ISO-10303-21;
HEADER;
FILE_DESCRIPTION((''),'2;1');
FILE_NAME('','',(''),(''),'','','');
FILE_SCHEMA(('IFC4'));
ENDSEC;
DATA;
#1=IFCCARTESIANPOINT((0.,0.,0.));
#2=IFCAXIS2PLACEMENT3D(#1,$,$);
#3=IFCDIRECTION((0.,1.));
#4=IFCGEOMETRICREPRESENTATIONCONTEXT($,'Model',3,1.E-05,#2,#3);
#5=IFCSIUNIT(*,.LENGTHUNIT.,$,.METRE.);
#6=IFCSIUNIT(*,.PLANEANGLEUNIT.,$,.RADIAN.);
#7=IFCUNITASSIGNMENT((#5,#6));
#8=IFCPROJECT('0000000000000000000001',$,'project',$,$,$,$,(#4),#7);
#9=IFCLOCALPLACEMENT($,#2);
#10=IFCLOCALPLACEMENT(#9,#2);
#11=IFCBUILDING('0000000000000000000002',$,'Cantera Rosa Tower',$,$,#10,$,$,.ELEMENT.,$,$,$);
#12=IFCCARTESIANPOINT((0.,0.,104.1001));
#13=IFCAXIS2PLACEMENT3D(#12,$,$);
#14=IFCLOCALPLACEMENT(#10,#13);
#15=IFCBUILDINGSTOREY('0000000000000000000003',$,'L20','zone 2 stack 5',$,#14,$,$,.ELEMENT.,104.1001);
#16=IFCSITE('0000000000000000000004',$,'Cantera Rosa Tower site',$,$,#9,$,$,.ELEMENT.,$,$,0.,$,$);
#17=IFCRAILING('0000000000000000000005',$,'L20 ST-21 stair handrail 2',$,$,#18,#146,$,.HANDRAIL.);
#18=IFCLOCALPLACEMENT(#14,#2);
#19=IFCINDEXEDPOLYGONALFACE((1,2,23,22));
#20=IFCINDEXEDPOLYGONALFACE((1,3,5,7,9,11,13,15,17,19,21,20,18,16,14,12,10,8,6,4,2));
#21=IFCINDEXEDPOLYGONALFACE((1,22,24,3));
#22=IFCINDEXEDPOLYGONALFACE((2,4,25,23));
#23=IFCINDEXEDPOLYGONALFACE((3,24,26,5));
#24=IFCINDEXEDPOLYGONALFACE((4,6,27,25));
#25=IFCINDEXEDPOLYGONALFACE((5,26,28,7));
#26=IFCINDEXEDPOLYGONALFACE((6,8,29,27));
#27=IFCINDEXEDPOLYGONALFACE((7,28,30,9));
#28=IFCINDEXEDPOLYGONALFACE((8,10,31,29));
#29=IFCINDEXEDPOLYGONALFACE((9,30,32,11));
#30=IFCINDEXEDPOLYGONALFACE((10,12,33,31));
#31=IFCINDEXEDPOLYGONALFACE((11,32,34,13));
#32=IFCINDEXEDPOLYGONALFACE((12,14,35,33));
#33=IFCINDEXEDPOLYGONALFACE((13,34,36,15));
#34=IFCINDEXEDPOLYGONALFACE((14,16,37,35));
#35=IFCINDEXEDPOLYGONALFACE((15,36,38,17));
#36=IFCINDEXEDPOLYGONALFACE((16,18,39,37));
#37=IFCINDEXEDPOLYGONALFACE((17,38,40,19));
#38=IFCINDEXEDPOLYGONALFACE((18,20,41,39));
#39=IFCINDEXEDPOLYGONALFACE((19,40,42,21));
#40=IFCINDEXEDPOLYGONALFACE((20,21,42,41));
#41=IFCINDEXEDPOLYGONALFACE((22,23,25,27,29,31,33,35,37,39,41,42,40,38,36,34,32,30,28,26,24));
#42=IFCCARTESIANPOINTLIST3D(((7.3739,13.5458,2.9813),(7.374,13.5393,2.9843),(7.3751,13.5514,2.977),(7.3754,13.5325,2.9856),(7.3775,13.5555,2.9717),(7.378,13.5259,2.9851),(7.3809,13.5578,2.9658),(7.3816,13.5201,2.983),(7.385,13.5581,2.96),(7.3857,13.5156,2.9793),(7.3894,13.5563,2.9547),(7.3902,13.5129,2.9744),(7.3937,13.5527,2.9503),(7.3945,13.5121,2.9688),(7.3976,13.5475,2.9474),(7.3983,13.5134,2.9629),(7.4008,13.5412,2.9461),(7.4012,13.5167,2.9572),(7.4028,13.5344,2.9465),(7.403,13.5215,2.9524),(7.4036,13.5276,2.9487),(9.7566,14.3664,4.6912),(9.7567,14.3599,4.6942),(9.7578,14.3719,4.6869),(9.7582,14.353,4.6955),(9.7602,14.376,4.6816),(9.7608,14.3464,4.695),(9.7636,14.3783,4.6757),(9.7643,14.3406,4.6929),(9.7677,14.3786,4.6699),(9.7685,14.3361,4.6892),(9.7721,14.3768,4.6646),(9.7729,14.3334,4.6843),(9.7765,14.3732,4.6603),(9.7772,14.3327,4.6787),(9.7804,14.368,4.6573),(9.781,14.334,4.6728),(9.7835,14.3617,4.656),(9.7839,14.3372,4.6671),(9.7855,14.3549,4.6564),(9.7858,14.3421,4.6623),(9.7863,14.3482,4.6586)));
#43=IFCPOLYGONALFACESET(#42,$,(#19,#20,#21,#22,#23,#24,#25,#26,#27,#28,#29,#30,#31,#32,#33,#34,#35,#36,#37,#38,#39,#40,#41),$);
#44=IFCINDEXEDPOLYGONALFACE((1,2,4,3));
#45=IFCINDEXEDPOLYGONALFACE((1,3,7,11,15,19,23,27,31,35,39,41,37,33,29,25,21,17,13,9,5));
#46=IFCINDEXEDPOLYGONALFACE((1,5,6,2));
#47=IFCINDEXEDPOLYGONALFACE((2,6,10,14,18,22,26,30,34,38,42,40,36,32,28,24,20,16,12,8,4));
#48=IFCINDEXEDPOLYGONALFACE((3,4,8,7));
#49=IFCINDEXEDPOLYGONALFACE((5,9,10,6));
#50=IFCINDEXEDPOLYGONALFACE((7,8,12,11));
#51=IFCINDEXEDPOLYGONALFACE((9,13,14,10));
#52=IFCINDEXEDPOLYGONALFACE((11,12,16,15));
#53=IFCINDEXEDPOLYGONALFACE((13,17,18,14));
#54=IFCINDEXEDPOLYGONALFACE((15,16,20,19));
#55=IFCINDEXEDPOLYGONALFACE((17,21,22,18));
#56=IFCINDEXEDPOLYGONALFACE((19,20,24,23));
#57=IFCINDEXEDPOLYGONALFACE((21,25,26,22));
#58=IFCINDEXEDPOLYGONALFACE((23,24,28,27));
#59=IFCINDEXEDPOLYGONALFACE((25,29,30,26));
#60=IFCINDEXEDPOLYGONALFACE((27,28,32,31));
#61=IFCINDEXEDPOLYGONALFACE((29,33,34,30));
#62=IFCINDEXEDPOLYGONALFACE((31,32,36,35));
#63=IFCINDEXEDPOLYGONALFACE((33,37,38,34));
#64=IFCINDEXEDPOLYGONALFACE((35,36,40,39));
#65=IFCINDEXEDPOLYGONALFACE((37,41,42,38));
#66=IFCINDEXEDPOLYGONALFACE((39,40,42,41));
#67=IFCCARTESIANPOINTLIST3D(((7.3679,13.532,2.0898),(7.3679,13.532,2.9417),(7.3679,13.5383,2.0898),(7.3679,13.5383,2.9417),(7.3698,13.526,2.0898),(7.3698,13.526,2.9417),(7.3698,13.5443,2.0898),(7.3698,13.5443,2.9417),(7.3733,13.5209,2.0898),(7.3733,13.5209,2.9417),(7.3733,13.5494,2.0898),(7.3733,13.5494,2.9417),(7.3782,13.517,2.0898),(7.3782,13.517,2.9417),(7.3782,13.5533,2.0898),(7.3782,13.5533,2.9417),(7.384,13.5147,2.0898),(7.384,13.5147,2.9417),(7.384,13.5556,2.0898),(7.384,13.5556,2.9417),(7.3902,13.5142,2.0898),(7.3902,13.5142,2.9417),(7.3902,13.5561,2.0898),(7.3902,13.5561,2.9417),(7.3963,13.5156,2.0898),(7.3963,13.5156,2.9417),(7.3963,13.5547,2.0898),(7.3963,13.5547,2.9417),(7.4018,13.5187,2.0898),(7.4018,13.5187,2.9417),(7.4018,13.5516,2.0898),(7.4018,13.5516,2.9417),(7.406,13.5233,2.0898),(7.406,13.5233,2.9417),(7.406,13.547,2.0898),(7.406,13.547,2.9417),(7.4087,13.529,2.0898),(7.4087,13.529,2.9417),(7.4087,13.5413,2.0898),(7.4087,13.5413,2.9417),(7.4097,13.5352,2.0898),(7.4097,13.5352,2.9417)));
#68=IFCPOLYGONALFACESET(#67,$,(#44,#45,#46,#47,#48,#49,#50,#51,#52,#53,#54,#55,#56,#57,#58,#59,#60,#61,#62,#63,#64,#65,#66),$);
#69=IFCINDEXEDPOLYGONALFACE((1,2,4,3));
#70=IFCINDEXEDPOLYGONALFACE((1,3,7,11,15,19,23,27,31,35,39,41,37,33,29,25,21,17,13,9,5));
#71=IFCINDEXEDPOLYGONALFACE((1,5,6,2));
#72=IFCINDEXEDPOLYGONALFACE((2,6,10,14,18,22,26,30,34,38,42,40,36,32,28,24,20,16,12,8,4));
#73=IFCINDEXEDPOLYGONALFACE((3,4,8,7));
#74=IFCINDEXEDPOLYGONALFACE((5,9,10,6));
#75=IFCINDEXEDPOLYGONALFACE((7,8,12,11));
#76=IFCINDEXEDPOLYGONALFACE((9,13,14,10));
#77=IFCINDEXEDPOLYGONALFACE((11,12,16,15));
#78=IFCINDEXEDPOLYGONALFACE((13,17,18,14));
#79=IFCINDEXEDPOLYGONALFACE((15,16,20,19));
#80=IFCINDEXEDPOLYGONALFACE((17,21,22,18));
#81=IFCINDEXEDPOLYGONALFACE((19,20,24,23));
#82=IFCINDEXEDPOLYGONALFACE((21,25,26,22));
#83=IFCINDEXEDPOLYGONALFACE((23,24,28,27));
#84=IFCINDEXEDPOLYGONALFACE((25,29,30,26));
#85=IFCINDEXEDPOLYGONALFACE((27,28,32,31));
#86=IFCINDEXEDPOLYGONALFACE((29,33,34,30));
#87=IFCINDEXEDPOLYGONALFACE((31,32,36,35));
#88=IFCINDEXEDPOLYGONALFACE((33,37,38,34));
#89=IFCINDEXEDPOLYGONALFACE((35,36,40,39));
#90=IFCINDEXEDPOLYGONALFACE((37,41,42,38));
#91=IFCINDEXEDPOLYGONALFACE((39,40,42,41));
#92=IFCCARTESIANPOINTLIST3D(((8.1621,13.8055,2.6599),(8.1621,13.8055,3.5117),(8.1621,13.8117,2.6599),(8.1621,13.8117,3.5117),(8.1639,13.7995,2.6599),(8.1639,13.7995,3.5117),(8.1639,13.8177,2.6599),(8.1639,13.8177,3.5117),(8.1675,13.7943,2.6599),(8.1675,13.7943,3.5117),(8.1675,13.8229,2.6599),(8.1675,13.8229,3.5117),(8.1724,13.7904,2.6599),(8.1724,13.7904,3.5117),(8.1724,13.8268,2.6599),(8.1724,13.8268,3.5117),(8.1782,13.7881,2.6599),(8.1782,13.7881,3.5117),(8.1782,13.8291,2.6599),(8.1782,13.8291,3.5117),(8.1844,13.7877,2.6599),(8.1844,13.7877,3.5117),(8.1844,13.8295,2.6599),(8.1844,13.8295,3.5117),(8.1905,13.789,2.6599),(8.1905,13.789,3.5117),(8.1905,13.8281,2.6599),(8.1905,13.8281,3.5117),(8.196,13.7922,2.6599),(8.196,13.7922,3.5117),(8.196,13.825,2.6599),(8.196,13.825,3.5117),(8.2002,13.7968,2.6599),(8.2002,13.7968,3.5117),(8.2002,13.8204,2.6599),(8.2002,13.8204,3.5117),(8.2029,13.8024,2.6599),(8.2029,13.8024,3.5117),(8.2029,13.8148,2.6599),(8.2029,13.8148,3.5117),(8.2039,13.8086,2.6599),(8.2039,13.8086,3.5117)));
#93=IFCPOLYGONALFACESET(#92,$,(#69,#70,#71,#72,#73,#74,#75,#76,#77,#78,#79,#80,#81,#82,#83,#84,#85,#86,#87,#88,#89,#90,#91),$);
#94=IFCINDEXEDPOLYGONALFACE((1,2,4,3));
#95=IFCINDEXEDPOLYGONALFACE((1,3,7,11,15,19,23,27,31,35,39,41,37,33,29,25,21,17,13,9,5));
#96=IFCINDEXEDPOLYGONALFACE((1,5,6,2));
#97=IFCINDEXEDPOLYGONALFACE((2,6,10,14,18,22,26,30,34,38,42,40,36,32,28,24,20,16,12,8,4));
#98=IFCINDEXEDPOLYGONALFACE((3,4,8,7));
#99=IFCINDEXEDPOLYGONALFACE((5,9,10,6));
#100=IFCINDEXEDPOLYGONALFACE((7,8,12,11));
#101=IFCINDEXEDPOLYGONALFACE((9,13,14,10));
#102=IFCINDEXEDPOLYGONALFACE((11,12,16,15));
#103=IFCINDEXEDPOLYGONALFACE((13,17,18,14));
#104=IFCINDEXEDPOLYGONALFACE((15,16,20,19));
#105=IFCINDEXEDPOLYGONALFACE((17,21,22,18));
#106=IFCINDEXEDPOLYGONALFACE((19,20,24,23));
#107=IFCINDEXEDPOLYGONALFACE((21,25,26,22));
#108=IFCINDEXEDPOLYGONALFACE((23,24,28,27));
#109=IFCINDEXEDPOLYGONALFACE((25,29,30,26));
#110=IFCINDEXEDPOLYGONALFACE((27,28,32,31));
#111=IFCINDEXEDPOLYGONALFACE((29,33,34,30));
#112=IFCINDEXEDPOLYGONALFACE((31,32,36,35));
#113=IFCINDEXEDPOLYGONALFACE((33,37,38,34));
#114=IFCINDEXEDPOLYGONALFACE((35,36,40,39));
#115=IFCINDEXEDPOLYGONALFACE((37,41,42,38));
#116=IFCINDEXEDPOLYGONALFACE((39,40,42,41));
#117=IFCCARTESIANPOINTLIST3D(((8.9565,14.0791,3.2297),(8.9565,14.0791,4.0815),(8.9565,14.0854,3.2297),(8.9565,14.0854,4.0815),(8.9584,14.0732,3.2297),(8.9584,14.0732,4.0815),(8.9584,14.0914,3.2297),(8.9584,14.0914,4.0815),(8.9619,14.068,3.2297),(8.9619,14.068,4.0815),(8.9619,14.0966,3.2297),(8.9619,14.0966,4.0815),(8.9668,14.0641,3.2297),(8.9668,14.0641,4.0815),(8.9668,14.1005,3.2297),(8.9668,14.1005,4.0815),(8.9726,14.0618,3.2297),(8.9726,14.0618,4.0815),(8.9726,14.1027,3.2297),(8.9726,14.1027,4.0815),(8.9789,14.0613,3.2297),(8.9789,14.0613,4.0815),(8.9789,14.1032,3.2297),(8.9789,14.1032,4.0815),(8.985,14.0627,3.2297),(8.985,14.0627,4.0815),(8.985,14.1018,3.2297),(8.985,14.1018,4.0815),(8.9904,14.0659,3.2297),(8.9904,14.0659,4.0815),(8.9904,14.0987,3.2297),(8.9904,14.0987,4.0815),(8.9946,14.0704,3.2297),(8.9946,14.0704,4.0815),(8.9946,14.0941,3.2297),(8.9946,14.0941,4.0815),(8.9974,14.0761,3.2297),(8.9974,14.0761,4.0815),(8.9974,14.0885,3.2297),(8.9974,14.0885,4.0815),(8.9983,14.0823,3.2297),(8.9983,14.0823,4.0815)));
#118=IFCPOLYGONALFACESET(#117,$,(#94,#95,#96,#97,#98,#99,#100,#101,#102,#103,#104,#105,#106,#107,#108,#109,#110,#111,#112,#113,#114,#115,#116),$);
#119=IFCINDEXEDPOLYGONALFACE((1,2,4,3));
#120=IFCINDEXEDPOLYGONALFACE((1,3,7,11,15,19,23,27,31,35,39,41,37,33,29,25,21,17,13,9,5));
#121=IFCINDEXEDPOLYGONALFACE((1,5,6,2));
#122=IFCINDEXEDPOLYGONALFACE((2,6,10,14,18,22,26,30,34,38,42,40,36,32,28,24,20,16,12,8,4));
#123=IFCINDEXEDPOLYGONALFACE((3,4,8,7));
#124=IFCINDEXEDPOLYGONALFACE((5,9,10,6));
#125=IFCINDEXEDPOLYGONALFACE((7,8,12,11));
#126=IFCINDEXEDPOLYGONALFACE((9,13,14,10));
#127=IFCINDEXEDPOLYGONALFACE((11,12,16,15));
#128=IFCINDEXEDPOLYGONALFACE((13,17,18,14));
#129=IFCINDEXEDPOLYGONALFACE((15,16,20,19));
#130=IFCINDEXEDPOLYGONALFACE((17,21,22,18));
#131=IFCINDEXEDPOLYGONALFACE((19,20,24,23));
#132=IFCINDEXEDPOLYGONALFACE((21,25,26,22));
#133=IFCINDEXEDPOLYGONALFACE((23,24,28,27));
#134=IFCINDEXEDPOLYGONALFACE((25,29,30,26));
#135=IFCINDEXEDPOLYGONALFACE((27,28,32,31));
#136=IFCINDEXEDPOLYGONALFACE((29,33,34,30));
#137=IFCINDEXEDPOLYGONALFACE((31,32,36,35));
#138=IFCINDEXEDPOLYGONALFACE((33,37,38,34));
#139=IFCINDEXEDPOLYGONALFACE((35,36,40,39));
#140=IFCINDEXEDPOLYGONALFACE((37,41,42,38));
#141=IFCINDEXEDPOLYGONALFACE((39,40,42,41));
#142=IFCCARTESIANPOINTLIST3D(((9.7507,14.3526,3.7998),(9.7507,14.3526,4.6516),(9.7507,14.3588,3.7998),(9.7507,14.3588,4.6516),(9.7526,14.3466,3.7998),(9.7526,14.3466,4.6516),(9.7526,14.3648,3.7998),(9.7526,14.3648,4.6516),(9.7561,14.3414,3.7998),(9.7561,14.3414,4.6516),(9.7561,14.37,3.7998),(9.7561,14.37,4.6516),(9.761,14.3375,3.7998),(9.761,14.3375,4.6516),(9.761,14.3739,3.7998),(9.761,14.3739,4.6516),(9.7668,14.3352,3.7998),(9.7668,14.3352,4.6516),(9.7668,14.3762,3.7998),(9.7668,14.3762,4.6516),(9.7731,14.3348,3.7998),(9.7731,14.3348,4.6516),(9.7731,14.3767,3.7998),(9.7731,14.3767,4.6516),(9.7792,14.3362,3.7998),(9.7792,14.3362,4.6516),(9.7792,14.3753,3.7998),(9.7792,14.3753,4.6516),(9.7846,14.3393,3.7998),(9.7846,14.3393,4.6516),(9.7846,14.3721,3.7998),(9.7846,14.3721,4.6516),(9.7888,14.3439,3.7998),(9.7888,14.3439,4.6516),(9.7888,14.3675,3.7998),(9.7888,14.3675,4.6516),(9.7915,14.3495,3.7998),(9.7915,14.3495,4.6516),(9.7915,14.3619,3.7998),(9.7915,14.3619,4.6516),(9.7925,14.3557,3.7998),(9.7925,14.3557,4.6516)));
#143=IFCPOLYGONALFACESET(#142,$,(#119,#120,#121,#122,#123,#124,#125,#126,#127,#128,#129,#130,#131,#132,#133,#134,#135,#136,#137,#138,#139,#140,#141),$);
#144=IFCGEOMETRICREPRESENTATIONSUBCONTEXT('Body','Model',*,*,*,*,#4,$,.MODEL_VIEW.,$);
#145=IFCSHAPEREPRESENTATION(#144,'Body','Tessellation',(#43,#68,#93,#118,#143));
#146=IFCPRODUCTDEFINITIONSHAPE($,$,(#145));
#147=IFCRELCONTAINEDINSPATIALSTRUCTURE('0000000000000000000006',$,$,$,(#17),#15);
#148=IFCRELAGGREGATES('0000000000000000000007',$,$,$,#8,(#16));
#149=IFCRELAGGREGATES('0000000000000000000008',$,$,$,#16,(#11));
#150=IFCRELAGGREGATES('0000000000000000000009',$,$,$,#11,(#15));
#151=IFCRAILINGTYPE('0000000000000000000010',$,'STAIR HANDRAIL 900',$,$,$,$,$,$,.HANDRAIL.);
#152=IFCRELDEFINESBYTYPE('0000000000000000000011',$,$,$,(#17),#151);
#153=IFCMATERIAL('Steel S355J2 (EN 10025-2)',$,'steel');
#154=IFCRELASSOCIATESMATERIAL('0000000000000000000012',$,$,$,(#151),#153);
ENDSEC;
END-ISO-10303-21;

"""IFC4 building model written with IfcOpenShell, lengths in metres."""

from ifc_helpers import new_model, si_unit, direction, frame, origin, origin_2d, place, context, subcontext, project, spatial, circle, extrude, material, type_object, element, save


model = new_model("IFC4")

# Units and contexts
model_context = context("Model", 3, precision=1e-05, world=origin(), true_north=direction((0.0, 1.0)))
body_context = subcontext(model_context, "Body", "Model", "MODEL_VIEW")
ifc_project = project(units=[si_unit("LENGTHUNIT", "METRE"), si_unit("PLANEANGLEUNIT", "RADIAN")], contexts=[model_context])

# Site, building, storey
site_placement = place(None, origin())
site = spatial("IfcSite", under=ifc_project, at=site_placement, Name="Cantera Rosa Tower site", CompositionType="ELEMENT", RefElevation=0.0)
building_placement = place(site_placement, origin())
building = spatial("IfcBuilding", under=site, at=building_placement, Name="Cantera Rosa Tower", CompositionType="ELEMENT")
storey_placement = place(building_placement, frame((0.0, 0.0, 104.1001)))
storey = spatial("IfcBuildingStorey", under=building, at=storey_placement, Name="L20", Description="zone 2 stack 5", CompositionType="ELEMENT", Elevation=104.1001)

# Railing
ifc_material_1 = material(Name="Steel S355J2 (EN 10025-2)", Category="steel")
railing_type_1 = type_object("IfcRailingType", Name="STAIR HANDRAIL 900", PredefinedType="HANDRAIL", material=ifc_material_1)
railing_1_placement = place(storey_placement, frame((7.3887, 13.5352, 2.0898)))
element("IfcRailing", 1, at=railing_1_placement, inside=storey, type_object=railing_type_1, Name="L20 ST-21 stair handrail 2", PredefinedType="HANDRAIL", context=body_context, shape_type="SweptSolid", body=[
    extrude(circle(Radius=0.0239, at=origin_2d()), frame((0.0, 0.0, 0.876), z_axis=(0.782404, 0.269432, 0.561471), x_axis=(-0.3256, 0.945508, 0.0)), (0.0, 0.0, 1.0), 3.0454),
    extrude(circle(Radius=0.021, at=origin_2d()), origin(), (0.0, 0.0, 1.0), 0.8518),
    extrude(circle(Radius=0.021, at=origin_2d()), frame((0.7942, 0.2734, 0.5701)), (0.0, 0.0, 1.0), 0.8518),
    extrude(circle(Radius=0.021, at=origin_2d()), frame((1.5886, 0.5471, 1.1399)), (0.0, 0.0, 1.0), 0.8518),
    extrude(circle(Radius=0.021, at=origin_2d()), frame((2.3828, 0.8206, 1.71)), (0.0, 0.0, 1.0), 0.8518),
])

save(model, "model.ifc")
